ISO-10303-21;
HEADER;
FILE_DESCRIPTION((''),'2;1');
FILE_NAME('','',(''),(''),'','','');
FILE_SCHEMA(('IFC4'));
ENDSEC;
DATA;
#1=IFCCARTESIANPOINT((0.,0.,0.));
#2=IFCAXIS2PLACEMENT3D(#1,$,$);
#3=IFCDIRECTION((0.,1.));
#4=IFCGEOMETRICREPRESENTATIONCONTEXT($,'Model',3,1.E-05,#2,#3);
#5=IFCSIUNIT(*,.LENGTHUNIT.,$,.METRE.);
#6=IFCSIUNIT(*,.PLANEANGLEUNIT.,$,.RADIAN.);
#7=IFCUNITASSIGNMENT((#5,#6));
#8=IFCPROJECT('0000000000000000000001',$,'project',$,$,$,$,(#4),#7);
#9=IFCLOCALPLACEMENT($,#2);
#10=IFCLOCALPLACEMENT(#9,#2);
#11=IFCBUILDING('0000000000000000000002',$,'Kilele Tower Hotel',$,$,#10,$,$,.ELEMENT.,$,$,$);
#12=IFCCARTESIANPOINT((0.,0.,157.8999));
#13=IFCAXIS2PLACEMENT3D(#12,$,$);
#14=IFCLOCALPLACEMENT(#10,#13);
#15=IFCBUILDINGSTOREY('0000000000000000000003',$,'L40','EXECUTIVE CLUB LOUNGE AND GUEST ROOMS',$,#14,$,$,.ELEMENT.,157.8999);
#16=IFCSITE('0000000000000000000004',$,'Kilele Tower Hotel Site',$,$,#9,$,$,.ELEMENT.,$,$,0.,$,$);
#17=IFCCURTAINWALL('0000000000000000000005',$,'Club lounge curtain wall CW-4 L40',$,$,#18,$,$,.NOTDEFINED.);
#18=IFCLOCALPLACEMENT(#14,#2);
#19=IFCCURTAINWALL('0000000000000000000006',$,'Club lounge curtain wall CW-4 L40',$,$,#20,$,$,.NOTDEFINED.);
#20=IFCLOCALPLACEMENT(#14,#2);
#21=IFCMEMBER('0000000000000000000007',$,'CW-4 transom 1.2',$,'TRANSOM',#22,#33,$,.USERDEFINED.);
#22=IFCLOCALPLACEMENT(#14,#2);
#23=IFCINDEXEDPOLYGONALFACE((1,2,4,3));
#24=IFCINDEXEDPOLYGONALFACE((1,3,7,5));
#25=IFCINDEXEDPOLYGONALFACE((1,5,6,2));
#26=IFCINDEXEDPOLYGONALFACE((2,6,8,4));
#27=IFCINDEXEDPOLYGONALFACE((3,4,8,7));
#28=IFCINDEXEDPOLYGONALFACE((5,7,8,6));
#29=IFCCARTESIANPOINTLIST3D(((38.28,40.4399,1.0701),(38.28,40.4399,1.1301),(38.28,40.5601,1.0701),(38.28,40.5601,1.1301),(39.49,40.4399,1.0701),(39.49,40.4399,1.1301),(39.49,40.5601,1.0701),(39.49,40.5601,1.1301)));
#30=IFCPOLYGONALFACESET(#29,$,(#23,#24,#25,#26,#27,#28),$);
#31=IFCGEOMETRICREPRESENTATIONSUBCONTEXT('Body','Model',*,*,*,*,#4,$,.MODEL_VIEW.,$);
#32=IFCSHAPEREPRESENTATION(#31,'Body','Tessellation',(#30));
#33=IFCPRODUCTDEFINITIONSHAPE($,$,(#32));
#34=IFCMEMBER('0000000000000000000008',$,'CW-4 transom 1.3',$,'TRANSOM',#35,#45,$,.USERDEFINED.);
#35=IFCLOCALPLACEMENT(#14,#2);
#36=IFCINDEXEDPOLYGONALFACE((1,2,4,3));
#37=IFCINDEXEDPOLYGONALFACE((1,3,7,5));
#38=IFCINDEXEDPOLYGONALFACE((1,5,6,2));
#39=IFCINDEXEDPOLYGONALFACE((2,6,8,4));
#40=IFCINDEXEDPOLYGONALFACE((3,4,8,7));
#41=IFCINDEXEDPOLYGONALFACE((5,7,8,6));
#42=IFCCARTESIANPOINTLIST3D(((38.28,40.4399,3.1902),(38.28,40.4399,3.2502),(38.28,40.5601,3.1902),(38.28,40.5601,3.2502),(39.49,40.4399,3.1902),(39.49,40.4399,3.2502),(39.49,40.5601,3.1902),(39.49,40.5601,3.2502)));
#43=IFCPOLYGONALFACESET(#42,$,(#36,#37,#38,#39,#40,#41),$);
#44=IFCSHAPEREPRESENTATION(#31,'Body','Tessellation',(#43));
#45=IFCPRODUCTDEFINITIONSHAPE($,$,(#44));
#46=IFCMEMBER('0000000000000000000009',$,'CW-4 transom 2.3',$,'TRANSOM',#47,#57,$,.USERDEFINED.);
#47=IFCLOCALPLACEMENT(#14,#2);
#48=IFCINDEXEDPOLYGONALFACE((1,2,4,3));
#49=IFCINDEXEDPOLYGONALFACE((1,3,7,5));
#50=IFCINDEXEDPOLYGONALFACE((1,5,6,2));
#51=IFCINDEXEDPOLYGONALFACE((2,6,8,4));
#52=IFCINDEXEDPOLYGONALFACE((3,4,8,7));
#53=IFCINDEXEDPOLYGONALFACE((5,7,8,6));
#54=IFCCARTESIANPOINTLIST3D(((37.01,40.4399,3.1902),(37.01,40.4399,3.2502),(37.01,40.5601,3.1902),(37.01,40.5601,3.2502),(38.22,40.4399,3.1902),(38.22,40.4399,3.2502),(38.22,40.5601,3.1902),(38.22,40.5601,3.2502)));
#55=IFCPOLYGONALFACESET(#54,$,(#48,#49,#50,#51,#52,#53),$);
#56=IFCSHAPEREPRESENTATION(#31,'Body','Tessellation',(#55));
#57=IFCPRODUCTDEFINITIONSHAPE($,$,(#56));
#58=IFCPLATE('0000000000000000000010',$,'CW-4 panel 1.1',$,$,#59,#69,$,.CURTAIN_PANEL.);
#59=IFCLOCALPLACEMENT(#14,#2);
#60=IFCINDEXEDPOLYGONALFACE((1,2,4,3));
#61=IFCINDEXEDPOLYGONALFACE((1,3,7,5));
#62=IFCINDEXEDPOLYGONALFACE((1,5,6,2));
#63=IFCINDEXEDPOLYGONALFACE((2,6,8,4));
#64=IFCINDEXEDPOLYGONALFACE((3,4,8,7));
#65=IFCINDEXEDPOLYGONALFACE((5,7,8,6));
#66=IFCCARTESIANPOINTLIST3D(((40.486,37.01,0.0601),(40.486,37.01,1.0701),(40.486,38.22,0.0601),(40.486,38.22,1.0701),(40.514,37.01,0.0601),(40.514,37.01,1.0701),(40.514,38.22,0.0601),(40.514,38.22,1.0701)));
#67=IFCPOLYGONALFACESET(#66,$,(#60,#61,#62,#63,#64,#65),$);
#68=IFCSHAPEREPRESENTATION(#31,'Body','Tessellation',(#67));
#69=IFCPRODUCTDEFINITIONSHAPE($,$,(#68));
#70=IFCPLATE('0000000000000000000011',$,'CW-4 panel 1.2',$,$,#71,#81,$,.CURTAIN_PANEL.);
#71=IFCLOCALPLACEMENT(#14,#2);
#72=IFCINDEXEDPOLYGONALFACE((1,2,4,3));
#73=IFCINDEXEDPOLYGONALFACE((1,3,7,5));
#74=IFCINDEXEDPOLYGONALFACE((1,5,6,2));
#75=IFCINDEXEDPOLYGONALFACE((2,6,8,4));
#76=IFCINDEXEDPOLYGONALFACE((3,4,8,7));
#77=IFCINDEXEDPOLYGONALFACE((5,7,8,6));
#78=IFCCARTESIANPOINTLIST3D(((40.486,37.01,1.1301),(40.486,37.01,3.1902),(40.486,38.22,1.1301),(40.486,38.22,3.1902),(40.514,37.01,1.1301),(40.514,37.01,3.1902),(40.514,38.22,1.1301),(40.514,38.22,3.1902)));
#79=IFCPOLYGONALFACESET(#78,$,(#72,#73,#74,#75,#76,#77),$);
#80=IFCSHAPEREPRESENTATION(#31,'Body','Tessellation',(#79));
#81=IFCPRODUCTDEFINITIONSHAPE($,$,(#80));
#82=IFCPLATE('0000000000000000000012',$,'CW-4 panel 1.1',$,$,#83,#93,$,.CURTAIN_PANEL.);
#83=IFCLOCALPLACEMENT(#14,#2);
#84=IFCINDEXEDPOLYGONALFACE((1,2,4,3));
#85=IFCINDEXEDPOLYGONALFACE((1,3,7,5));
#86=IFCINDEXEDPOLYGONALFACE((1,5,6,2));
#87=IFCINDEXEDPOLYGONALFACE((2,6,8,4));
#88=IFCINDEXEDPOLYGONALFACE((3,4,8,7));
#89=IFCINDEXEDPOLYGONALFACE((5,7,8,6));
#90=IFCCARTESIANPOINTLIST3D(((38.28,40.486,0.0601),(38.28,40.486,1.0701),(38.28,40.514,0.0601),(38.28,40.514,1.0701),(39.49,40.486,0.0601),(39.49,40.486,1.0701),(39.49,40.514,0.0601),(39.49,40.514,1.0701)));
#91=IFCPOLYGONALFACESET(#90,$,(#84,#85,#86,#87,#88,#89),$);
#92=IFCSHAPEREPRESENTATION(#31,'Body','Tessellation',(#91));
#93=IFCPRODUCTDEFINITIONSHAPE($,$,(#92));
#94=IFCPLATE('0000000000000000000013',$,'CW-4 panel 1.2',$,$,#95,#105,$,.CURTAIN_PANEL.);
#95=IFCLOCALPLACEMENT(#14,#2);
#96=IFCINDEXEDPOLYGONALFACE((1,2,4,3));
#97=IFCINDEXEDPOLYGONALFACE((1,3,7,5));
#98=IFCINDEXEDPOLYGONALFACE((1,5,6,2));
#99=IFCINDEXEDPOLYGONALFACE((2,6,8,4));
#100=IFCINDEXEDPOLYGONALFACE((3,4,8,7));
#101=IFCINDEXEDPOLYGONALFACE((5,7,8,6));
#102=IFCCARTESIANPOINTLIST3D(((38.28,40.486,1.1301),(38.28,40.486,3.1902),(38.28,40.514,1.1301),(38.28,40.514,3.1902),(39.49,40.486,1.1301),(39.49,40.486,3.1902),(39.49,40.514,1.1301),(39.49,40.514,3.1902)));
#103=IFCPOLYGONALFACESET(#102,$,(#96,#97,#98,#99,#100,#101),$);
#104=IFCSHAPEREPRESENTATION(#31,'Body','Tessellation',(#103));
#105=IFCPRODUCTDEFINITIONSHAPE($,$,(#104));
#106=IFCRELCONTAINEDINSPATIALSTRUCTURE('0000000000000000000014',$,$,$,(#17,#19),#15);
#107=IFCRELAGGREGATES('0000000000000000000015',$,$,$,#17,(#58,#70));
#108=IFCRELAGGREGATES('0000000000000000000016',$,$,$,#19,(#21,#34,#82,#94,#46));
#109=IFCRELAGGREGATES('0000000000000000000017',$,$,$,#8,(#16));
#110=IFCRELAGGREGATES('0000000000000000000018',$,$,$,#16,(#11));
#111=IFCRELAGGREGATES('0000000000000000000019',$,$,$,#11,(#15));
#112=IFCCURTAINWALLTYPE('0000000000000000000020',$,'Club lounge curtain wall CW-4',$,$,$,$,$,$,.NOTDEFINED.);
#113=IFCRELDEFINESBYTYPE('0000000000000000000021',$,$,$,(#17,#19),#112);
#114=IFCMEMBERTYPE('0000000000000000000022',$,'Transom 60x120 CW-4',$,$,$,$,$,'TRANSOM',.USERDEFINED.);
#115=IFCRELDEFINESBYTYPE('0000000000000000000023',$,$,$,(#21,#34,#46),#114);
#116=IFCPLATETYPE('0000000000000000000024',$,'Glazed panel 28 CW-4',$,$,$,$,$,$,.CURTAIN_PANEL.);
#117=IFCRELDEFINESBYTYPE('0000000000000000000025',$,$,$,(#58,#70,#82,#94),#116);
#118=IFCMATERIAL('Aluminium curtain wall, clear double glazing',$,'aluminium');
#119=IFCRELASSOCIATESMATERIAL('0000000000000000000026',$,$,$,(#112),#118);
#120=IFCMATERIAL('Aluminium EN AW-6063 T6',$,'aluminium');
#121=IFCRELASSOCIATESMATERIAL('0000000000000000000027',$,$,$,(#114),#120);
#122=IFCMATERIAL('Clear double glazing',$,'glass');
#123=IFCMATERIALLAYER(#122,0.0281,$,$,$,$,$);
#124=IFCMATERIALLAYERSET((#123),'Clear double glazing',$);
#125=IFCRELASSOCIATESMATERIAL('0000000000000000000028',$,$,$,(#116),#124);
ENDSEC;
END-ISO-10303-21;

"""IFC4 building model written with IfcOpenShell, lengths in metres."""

from ifc_helpers import new_model, si_unit, direction, frame, origin, origin_2d, place, context, subcontext, project, spatial, rectangle, extrude, material, layer, layer_set, material_profile, profile_set, type_object, element, aggregate, save


model = new_model("IFC4")

# Units and contexts
model_context = context("Model", 3, precision=1e-05, world=origin(), true_north=direction((0.0, 1.0)))
body_context = subcontext(model_context, "Body", "Model", "MODEL_VIEW")
ifc_project = project(units=[si_unit("LENGTHUNIT", "METRE"), si_unit("PLANEANGLEUNIT", "RADIAN")], contexts=[model_context])

# Site, building, storey
site_placement = place(None, origin())
site = spatial("IfcSite", under=ifc_project, at=site_placement, Name="Kilele Tower Hotel Site", CompositionType="ELEMENT", RefElevation=0.0)
building_placement = place(site_placement, origin())
building = spatial("IfcBuilding", under=site, at=building_placement, Name="Kilele Tower Hotel", CompositionType="ELEMENT")
storey_placement = place(building_placement, frame((0.0, 0.0, 157.8999)))
storey = spatial("IfcBuildingStorey", under=building, at=storey_placement, Name="L40", Description="EXECUTIVE CLUB LOUNGE AND GUEST ROOMS", CompositionType="ELEMENT", Elevation=157.8999)

# Curtain walls
ifc_material_1 = material(Name="Aluminium curtain wall, clear double glazing", Category="aluminium")
curtain_wall_type = type_object("IfcCurtainWallType", Name="Club lounge curtain wall CW-4", PredefinedType="NOTDEFINED", material=ifc_material_1)
curtain_wall_1_placement = place(storey_placement, origin())
curtain_wall_1 = element("IfcCurtainWall", 1, at=curtain_wall_1_placement, inside=storey, type_object=curtain_wall_type, Name="Club lounge curtain wall CW-4 L40", PredefinedType="NOTDEFINED")
curtain_wall_2_placement = place(storey_placement, origin())
curtain_wall_2 = element("IfcCurtainWall", 2, at=curtain_wall_2_placement, inside=storey, type_object=curtain_wall_type, Name="Club lounge curtain wall CW-4 L40", PredefinedType="NOTDEFINED")

# Members
ifc_material_2 = material(Name="Aluminium EN AW-6063 T6", Category="aluminium")
ifc_material_profile_1 = material_profile(ifc_material_2, rectangle(XDim=0.1201, YDim=0.0601, at=origin_2d()))
ifc_profile_set_1 = profile_set([ifc_material_profile_1], Name="Aluminium EN AW-6063 T6")
member_type_1 = type_object("IfcMemberType", Name="Transom 60x120 CW-4", ElementType="TRANSOM", PredefinedType="USERDEFINED", material=ifc_profile_set_1)
member_1_placement = place(storey_placement, frame((39.49, 40.5, 1.1001), z_axis=(-1.0, 0.0, 0.0), x_axis=(0.0, -1.0, 0.0)))
member_1 = element("IfcMember", 3, at=member_1_placement, type_object=member_type_1, Name="CW-4 transom 1.2", ObjectType="TRANSOM", PredefinedType="USERDEFINED", context=body_context, shape_type="SweptSolid", body=[
    extrude(rectangle(XDim=0.1201, YDim=0.0601, at=origin_2d()), origin(), (0.0, 0.0, 1.0), 1.21),
])
member_2_placement = place(storey_placement, frame((39.49, 40.5, 3.2202), z_axis=(-1.0, 0.0, 0.0), x_axis=(0.0, -1.0, 0.0)))
member_2 = element("IfcMember", 4, at=member_2_placement, type_object=member_type_1, Name="CW-4 transom 1.3", ObjectType="TRANSOM", PredefinedType="USERDEFINED", context=body_context, shape_type="SweptSolid", body=[
    extrude(rectangle(XDim=0.1201, YDim=0.0601, at=origin_2d()), origin(), (0.0, 0.0, 1.0), 1.21),
])
member_3_placement = place(storey_placement, frame((38.22, 40.5, 3.2202), z_axis=(-1.0, 0.0, 0.0), x_axis=(0.0, -1.0, 0.0)))
member_3 = element("IfcMember", 5, at=member_3_placement, type_object=member_type_1, Name="CW-4 transom 2.3", ObjectType="TRANSOM", PredefinedType="USERDEFINED", context=body_context, shape_type="SweptSolid", body=[
    extrude(rectangle(XDim=0.1201, YDim=0.0601, at=origin_2d()), origin(), (0.0, 0.0, 1.0), 1.21),
])

# Plates
ifc_material_3 = material(Name="Clear double glazing", Category="glass")
ifc_layer = layer(ifc_material_3, 0.0281)
ifc_layer_set = layer_set([ifc_layer], Name="Clear double glazing")
plate_type = type_object("IfcPlateType", Name="Glazed panel 28 CW-4", PredefinedType="CURTAIN_PANEL", material=ifc_layer_set)
plate_1_placement = place(storey_placement, frame((40.5, 37.615, 0.0601), z_axis=(0.0, 0.0, 1.0), x_axis=(0.0, 1.0, 0.0)))
plate_1 = element("IfcPlate", 6, at=plate_1_placement, type_object=plate_type, Name="CW-4 panel 1.1", PredefinedType="CURTAIN_PANEL", context=body_context, shape_type="SweptSolid", body=[
    extrude(rectangle(XDim=1.21, YDim=0.0281, at=origin_2d()), origin(), (0.0, 0.0, 1.0), 1.01),
])
plate_2_placement = place(storey_placement, frame((40.5, 37.615, 1.1301), z_axis=(0.0, 0.0, 1.0), x_axis=(0.0, 1.0, 0.0)))
plate_2 = element("IfcPlate", 7, at=plate_2_placement, type_object=plate_type, Name="CW-4 panel 1.2", PredefinedType="CURTAIN_PANEL", context=body_context, shape_type="SweptSolid", body=[
    extrude(rectangle(XDim=1.21, YDim=0.0281, at=origin_2d()), origin(), (0.0, 0.0, 1.0), 2.0601),
])
aggregate(curtain_wall_1, [plate_1, plate_2])
plate_3_placement = place(storey_placement, frame((38.885, 40.5, 0.0601), z_axis=(0.0, 0.0, 1.0), x_axis=(-1.0, 0.0, 0.0)))
plate_3 = element("IfcPlate", 8, at=plate_3_placement, type_object=plate_type, Name="CW-4 panel 1.1", PredefinedType="CURTAIN_PANEL", context=body_context, shape_type="SweptSolid", body=[
    extrude(rectangle(XDim=1.21, YDim=0.0281, at=origin_2d()), origin(), (0.0, 0.0, 1.0), 1.01),
])
plate_4_placement = place(storey_placement, frame((38.885, 40.5, 1.1301), z_axis=(0.0, 0.0, 1.0), x_axis=(-1.0, 0.0, 0.0)))
plate_4 = element("IfcPlate", 9, at=plate_4_placement, type_object=plate_type, Name="CW-4 panel 1.2", PredefinedType="CURTAIN_PANEL", context=body_context, shape_type="SweptSolid", body=[
    extrude(rectangle(XDim=1.21, YDim=0.0281, at=origin_2d()), origin(), (0.0, 0.0, 1.0), 2.0601),
])
aggregate(curtain_wall_2, [member_1, member_2, plate_3, plate_4, member_3])

save(model, "model.ifc")
